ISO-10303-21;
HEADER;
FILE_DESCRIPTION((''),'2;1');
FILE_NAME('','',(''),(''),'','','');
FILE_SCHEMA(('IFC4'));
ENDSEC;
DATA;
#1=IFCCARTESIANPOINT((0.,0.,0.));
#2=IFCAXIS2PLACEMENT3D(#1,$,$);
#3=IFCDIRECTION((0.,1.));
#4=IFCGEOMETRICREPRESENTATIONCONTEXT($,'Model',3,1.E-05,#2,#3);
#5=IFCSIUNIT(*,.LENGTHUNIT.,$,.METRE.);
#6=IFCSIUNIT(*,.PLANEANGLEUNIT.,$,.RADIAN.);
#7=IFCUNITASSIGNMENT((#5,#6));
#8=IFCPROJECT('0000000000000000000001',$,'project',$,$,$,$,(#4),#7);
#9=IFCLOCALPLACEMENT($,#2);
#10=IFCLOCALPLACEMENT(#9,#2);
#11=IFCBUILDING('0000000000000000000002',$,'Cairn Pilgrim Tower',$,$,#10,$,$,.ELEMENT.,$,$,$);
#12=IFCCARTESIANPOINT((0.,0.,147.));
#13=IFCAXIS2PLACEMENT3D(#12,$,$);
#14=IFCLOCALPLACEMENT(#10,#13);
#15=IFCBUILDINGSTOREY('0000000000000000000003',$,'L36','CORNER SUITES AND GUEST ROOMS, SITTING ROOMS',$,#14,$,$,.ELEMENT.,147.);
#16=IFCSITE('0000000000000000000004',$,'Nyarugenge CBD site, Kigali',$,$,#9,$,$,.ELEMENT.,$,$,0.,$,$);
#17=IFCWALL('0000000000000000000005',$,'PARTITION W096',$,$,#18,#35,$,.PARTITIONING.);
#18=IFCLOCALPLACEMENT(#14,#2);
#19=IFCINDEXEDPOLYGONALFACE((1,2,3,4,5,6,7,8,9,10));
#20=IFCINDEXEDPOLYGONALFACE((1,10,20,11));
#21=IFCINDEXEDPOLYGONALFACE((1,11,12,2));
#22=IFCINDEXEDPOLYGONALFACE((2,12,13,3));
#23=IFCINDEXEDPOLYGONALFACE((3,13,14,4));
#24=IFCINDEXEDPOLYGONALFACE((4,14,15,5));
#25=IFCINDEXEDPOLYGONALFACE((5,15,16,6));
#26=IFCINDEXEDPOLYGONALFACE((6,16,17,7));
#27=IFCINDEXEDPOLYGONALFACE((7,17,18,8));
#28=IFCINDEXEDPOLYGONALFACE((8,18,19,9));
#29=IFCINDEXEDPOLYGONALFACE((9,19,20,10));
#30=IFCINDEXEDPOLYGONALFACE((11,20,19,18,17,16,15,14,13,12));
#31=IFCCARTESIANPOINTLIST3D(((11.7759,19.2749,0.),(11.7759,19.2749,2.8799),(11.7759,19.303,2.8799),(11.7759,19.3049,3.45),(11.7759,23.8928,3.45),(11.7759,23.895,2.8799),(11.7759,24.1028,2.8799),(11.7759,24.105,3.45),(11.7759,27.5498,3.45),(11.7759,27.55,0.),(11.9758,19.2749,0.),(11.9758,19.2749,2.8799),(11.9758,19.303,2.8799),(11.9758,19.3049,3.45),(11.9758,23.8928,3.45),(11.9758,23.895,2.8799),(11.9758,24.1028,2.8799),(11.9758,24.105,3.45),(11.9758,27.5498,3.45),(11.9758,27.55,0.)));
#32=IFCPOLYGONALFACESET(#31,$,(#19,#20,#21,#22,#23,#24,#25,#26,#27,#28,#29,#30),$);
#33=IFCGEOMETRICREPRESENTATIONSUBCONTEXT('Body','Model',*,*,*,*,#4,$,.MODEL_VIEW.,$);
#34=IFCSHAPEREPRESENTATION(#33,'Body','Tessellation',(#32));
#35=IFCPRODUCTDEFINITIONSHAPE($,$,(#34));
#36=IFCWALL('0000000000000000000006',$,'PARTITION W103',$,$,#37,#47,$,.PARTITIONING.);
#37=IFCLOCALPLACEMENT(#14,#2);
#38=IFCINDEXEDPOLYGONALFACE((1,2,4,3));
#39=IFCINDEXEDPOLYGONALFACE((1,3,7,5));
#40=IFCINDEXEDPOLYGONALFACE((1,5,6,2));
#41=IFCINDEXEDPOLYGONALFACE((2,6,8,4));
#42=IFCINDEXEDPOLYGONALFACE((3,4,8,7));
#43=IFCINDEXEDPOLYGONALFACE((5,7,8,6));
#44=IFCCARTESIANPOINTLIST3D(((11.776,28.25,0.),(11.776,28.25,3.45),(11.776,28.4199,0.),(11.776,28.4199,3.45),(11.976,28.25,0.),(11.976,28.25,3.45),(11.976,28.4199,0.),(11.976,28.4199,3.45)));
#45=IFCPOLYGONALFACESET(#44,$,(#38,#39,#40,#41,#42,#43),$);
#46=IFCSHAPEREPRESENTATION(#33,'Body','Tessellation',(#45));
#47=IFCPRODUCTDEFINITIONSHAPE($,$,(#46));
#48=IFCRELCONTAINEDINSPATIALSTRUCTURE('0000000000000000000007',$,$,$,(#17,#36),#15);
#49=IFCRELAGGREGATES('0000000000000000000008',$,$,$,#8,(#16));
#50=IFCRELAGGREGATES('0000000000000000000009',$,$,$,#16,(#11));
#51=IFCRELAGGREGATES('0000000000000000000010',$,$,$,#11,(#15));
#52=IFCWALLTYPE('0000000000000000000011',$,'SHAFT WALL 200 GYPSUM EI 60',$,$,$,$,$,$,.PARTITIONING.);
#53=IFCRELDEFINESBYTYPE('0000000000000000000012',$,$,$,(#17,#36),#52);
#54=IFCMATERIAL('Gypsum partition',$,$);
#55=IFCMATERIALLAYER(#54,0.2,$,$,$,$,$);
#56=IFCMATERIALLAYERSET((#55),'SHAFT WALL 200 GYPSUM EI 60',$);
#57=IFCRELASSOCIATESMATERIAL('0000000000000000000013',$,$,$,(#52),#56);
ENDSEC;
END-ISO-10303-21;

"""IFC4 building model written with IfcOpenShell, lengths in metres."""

from ifc_helpers import new_model, si_unit, direction, frame, frame_2d, origin, place, context, subcontext, project, spatial, polyline, rectangle, outline, extrude, material, layer, layer_set, type_object, element, save


model = new_model("IFC4")

# Units and contexts
model_context = context("Model", 3, precision=1e-05, world=origin(), true_north=direction((0.0, 1.0)))
body_context = subcontext(model_context, "Body", "Model", "MODEL_VIEW")
ifc_project = project(units=[si_unit("LENGTHUNIT", "METRE"), si_unit("PLANEANGLEUNIT", "RADIAN")], contexts=[model_context])

# Site, building, storey
site_placement = place(None, origin())
site = spatial("IfcSite", under=ifc_project, at=site_placement, Name="Nyarugenge CBD site, Kigali", CompositionType="ELEMENT", RefElevation=0.0)
building_placement = place(site_placement, origin())
building = spatial("IfcBuilding", under=site, at=building_placement, Name="Cairn Pilgrim Tower", CompositionType="ELEMENT")
storey_placement = place(building_placement, frame((0.0, 0.0, 147.0)))
storey = spatial("IfcBuildingStorey", under=building, at=storey_placement, Name="L36", Description="CORNER SUITES AND GUEST ROOMS, SITTING ROOMS", CompositionType="ELEMENT", Elevation=147.0)

# Shared definitions
ifc_material_1 = material(Name="Gypsum partition")

# Walls
ifc_layer_1 = layer(ifc_material_1, 0.2)
ifc_layer_set_1 = layer_set([ifc_layer_1], Name="SHAFT WALL 200 GYPSUM EI 60")
wall_type_1 = type_object("IfcWallType", Name="SHAFT WALL 200 GYPSUM EI 60", PredefinedType="PARTITIONING", material=ifc_layer_set_1)
wall_1_placement = place(storey_placement, frame((11.876, 19.2749, 0.0), z_axis=(0.0, 0.0, 1.0), x_axis=(0.0, 1.0, 0.0)))
element("IfcWall", 1, at=wall_1_placement, inside=storey, type_object=wall_type_1, Name="PARTITION W096", PredefinedType="PARTITIONING", context=body_context, shape_type="SweptSolid", body=[
    extrude(outline(polyline([(0.0, 0.0), (8.2751, 0.0), (8.2749, 3.45), (4.8301, 3.45), (4.8279, 2.8799), (4.6201, 2.8799), (4.6179, 3.45), (0.03, 3.45), (0.0281, 2.8799), (0.0, 2.8799), (0.0, 0.0)])), frame((0.0, 0.1001, 0.0), z_axis=(0.0, -1.0, 0.0), x_axis=(1.0, 0.0, 0.0)), (0.0, 0.0, 1.0), 0.2),
])
wall_2_placement = place(storey_placement, frame((11.876, 28.25, 0.0), z_axis=(0.0, 0.0, 1.0), x_axis=(0.0, 1.0, 0.0)))
element("IfcWall", 2, at=wall_2_placement, inside=storey, type_object=wall_type_1, Name="PARTITION W103", PredefinedType="PARTITIONING", context=body_context, shape_type="SweptSolid", body=[
    extrude(rectangle(XDim=0.1699, YDim=0.2, at=frame_2d((0.085, 0.0))), origin(), (0.0, 0.0, 1.0), 3.45),
])

save(model, "model.ifc")
